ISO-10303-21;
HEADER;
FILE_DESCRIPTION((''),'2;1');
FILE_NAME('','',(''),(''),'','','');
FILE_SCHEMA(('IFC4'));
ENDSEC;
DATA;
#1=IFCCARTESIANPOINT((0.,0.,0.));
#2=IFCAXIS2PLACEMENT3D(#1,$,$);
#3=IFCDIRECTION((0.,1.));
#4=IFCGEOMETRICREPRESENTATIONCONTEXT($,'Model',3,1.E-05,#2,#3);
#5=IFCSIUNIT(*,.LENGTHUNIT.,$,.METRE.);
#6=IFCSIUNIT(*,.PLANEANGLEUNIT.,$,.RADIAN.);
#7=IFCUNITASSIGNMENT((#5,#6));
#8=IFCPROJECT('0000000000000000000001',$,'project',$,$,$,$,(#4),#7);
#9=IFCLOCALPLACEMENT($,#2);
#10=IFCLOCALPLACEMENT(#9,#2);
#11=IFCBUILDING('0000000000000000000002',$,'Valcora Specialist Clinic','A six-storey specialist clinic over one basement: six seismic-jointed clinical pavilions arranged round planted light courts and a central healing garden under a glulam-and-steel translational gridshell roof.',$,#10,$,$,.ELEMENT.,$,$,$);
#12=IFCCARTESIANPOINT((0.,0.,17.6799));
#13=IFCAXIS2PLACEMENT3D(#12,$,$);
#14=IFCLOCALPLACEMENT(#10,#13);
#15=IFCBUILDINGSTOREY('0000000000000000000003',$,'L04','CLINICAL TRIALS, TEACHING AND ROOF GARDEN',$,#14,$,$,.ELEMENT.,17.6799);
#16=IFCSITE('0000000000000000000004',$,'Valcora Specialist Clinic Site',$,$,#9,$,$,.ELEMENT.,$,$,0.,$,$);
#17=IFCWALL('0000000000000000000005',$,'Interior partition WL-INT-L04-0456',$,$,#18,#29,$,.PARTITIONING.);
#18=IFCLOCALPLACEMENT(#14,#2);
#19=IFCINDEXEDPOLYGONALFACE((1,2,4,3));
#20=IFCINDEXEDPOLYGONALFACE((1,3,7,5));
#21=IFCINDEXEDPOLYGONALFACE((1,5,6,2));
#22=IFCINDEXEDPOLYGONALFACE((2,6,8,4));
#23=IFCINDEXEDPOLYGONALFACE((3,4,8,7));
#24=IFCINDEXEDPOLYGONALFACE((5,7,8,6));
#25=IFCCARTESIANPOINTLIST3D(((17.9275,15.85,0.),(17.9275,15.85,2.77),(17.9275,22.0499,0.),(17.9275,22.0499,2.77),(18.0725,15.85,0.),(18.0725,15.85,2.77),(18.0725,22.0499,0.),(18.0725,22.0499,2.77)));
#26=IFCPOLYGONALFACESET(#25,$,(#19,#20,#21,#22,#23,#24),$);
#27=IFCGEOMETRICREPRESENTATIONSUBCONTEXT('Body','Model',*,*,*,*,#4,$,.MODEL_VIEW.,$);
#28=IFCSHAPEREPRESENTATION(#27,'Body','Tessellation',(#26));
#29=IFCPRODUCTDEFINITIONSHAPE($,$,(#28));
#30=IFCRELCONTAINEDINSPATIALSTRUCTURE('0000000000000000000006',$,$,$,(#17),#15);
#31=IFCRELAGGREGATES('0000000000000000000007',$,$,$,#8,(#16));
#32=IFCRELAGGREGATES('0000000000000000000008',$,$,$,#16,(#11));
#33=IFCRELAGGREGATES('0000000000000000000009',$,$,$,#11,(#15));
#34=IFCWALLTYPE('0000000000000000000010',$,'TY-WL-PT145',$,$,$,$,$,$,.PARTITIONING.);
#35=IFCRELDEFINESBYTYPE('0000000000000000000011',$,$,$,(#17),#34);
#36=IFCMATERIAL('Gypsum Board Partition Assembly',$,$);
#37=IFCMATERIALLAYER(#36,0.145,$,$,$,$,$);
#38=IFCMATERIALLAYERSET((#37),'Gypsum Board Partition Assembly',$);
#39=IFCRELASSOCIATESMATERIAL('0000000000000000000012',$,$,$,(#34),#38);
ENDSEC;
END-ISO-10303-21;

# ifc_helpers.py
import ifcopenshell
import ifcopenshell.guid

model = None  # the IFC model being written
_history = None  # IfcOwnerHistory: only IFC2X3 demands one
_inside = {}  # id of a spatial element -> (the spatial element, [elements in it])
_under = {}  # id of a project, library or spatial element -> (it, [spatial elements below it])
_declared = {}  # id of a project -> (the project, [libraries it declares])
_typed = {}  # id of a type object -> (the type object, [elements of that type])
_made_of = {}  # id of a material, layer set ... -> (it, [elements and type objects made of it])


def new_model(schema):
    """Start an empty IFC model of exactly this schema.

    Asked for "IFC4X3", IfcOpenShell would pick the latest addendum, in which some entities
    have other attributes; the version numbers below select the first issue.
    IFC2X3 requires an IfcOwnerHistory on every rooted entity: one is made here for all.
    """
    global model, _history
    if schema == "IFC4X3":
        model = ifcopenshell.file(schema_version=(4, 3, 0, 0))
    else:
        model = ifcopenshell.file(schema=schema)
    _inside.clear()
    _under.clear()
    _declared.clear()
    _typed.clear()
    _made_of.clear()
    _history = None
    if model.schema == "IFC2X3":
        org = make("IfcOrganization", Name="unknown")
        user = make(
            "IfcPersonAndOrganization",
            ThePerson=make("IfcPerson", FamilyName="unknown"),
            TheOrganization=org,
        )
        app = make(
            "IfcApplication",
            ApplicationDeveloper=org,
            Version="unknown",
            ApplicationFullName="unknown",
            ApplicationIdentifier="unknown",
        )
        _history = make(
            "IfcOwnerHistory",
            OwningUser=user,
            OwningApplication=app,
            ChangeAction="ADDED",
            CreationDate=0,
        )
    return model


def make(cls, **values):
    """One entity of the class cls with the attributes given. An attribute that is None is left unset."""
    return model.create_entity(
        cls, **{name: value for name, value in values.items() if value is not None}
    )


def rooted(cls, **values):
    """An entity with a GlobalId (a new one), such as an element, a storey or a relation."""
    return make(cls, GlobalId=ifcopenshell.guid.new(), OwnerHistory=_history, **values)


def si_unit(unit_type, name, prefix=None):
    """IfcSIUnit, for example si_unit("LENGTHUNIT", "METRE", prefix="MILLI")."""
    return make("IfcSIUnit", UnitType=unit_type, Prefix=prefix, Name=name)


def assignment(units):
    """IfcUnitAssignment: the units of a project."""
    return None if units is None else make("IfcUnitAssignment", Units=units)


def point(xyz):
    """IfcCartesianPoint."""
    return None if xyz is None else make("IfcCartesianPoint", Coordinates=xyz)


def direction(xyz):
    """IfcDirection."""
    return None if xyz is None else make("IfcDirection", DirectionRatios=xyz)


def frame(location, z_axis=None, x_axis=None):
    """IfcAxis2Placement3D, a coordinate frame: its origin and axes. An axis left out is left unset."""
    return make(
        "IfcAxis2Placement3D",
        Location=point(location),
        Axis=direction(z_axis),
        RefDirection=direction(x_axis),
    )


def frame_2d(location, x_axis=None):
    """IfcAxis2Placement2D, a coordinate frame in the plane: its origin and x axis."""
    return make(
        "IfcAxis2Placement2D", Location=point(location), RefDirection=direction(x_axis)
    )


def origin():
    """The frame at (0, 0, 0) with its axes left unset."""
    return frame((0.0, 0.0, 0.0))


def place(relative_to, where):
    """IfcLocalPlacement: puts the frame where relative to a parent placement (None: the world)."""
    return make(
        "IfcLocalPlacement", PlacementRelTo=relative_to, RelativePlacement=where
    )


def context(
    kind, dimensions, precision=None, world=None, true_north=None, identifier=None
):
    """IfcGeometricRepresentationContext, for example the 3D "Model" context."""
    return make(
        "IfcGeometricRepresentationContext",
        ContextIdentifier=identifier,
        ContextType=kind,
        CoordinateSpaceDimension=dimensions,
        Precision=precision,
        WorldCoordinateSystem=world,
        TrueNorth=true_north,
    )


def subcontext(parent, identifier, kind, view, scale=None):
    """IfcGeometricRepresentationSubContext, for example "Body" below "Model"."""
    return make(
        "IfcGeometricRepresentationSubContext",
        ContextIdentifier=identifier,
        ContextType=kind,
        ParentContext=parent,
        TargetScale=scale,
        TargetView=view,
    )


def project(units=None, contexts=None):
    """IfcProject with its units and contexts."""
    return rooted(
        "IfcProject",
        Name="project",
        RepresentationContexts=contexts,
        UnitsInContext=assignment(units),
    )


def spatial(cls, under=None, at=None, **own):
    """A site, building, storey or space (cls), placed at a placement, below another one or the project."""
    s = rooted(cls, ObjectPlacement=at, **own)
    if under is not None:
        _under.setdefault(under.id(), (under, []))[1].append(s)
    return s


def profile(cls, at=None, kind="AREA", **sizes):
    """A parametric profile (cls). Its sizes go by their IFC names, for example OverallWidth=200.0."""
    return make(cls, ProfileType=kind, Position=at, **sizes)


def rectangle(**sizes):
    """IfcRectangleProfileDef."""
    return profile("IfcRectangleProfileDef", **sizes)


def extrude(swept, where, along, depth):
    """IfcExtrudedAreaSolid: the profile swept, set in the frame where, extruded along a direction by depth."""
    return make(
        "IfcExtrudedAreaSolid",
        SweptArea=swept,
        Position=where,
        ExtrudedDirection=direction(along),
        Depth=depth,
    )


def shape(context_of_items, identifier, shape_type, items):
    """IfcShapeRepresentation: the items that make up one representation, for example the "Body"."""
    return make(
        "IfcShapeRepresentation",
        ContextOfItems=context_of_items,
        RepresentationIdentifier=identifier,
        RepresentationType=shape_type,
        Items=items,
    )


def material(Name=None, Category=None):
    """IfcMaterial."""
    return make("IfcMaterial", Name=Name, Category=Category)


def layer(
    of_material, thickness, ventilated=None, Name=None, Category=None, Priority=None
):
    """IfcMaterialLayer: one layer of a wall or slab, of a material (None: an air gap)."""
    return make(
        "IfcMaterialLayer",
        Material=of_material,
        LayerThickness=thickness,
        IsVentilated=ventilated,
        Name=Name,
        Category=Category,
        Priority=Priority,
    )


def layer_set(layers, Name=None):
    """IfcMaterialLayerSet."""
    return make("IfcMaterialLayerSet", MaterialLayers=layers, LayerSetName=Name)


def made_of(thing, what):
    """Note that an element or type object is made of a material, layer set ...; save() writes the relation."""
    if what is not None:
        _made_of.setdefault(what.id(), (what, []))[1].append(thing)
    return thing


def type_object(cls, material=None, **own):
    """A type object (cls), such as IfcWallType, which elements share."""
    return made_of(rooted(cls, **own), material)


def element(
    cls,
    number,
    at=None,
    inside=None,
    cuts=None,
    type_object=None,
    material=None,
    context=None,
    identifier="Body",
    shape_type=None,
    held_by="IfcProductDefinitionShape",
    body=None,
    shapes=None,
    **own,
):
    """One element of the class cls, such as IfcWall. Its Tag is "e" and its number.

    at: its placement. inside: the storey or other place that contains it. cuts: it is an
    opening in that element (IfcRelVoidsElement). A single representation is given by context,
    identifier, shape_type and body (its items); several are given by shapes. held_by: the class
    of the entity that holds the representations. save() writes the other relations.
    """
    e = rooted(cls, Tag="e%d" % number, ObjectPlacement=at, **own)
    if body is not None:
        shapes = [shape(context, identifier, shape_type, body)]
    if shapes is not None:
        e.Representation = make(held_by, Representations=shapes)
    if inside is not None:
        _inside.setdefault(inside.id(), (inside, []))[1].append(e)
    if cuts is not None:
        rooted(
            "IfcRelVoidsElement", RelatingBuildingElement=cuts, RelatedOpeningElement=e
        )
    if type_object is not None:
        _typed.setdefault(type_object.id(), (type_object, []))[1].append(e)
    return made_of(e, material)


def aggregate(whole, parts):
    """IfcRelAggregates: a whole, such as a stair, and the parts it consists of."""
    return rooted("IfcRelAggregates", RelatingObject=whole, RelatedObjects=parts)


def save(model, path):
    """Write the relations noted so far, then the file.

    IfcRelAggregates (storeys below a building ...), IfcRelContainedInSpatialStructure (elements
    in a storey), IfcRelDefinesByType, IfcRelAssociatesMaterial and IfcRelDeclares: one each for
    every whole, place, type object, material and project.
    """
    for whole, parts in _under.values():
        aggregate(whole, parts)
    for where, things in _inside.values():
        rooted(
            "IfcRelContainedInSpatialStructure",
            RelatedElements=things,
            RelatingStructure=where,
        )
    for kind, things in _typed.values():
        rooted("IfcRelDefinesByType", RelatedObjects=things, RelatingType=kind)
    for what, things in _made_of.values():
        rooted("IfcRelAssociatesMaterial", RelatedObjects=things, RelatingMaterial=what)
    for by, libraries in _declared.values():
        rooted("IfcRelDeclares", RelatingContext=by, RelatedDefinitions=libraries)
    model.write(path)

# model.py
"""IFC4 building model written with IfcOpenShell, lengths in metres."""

from ifc_helpers import new_model, si_unit, direction, frame, frame_2d, origin, place, context, subcontext, project, spatial, rectangle, extrude, material, layer, layer_set, type_object, element, save


model = new_model("IFC4")

# Units and contexts
model_context = context("Model", 3, precision=1e-05, world=origin(), true_north=direction((0.0, 1.0)))
body_context = subcontext(model_context, "Body", "Model", "MODEL_VIEW")
ifc_project = project(units=[si_unit("LENGTHUNIT", "METRE"), si_unit("PLANEANGLEUNIT", "RADIAN")], contexts=[model_context])

# Site, building, storey
site_placement = place(None, origin())
site = spatial("IfcSite", under=ifc_project, at=site_placement, Name="Valcora Specialist Clinic Site", CompositionType="ELEMENT", RefElevation=0.0)
building_placement = place(site_placement, origin())
building = spatial("IfcBuilding", under=site, at=building_placement, Name="Valcora Specialist Clinic", Description="A six-storey specialist clinic over one basement: six seismic-jointed clinical pavilions arranged round planted light courts and a central healing garden under a glulam-and-steel translational gridshell roof.", CompositionType="ELEMENT")
storey_placement = place(building_placement, frame((0.0, 0.0, 17.6799)))
storey = spatial("IfcBuildingStorey", under=building, at=storey_placement, Name="L04", Description="CLINICAL TRIALS, TEACHING AND ROOF GARDEN", CompositionType="ELEMENT", Elevation=17.6799)

# Shared definitions
ifc_material_1 = material(Name="Gypsum Board Partition Assembly")

# Wall
ifc_layer_1 = layer(ifc_material_1, 0.145)
ifc_layer_set_1 = layer_set([ifc_layer_1], Name="Gypsum Board Partition Assembly")
wall_type_1 = type_object("IfcWallType", Name="TY-WL-PT145", PredefinedType="PARTITIONING", material=ifc_layer_set_1)
wall_1_placement = place(storey_placement, frame((18.0, 22.05, 0.0), z_axis=(0.0, 0.0, 1.0), x_axis=(0.0, -1.0, 0.0)))
element("IfcWall", 1, at=wall_1_placement, inside=storey, type_object=wall_type_1, Name="Interior partition WL-INT-L04-0456", PredefinedType="PARTITIONING", context=body_context, shape_type="SweptSolid", body=[
    extrude(rectangle(XDim=6.2, YDim=0.145, at=frame_2d((3.1001, 0.0))), origin(), (0.0, 0.0, 1.0), 2.77),
])

save(model, "model.ifc")
